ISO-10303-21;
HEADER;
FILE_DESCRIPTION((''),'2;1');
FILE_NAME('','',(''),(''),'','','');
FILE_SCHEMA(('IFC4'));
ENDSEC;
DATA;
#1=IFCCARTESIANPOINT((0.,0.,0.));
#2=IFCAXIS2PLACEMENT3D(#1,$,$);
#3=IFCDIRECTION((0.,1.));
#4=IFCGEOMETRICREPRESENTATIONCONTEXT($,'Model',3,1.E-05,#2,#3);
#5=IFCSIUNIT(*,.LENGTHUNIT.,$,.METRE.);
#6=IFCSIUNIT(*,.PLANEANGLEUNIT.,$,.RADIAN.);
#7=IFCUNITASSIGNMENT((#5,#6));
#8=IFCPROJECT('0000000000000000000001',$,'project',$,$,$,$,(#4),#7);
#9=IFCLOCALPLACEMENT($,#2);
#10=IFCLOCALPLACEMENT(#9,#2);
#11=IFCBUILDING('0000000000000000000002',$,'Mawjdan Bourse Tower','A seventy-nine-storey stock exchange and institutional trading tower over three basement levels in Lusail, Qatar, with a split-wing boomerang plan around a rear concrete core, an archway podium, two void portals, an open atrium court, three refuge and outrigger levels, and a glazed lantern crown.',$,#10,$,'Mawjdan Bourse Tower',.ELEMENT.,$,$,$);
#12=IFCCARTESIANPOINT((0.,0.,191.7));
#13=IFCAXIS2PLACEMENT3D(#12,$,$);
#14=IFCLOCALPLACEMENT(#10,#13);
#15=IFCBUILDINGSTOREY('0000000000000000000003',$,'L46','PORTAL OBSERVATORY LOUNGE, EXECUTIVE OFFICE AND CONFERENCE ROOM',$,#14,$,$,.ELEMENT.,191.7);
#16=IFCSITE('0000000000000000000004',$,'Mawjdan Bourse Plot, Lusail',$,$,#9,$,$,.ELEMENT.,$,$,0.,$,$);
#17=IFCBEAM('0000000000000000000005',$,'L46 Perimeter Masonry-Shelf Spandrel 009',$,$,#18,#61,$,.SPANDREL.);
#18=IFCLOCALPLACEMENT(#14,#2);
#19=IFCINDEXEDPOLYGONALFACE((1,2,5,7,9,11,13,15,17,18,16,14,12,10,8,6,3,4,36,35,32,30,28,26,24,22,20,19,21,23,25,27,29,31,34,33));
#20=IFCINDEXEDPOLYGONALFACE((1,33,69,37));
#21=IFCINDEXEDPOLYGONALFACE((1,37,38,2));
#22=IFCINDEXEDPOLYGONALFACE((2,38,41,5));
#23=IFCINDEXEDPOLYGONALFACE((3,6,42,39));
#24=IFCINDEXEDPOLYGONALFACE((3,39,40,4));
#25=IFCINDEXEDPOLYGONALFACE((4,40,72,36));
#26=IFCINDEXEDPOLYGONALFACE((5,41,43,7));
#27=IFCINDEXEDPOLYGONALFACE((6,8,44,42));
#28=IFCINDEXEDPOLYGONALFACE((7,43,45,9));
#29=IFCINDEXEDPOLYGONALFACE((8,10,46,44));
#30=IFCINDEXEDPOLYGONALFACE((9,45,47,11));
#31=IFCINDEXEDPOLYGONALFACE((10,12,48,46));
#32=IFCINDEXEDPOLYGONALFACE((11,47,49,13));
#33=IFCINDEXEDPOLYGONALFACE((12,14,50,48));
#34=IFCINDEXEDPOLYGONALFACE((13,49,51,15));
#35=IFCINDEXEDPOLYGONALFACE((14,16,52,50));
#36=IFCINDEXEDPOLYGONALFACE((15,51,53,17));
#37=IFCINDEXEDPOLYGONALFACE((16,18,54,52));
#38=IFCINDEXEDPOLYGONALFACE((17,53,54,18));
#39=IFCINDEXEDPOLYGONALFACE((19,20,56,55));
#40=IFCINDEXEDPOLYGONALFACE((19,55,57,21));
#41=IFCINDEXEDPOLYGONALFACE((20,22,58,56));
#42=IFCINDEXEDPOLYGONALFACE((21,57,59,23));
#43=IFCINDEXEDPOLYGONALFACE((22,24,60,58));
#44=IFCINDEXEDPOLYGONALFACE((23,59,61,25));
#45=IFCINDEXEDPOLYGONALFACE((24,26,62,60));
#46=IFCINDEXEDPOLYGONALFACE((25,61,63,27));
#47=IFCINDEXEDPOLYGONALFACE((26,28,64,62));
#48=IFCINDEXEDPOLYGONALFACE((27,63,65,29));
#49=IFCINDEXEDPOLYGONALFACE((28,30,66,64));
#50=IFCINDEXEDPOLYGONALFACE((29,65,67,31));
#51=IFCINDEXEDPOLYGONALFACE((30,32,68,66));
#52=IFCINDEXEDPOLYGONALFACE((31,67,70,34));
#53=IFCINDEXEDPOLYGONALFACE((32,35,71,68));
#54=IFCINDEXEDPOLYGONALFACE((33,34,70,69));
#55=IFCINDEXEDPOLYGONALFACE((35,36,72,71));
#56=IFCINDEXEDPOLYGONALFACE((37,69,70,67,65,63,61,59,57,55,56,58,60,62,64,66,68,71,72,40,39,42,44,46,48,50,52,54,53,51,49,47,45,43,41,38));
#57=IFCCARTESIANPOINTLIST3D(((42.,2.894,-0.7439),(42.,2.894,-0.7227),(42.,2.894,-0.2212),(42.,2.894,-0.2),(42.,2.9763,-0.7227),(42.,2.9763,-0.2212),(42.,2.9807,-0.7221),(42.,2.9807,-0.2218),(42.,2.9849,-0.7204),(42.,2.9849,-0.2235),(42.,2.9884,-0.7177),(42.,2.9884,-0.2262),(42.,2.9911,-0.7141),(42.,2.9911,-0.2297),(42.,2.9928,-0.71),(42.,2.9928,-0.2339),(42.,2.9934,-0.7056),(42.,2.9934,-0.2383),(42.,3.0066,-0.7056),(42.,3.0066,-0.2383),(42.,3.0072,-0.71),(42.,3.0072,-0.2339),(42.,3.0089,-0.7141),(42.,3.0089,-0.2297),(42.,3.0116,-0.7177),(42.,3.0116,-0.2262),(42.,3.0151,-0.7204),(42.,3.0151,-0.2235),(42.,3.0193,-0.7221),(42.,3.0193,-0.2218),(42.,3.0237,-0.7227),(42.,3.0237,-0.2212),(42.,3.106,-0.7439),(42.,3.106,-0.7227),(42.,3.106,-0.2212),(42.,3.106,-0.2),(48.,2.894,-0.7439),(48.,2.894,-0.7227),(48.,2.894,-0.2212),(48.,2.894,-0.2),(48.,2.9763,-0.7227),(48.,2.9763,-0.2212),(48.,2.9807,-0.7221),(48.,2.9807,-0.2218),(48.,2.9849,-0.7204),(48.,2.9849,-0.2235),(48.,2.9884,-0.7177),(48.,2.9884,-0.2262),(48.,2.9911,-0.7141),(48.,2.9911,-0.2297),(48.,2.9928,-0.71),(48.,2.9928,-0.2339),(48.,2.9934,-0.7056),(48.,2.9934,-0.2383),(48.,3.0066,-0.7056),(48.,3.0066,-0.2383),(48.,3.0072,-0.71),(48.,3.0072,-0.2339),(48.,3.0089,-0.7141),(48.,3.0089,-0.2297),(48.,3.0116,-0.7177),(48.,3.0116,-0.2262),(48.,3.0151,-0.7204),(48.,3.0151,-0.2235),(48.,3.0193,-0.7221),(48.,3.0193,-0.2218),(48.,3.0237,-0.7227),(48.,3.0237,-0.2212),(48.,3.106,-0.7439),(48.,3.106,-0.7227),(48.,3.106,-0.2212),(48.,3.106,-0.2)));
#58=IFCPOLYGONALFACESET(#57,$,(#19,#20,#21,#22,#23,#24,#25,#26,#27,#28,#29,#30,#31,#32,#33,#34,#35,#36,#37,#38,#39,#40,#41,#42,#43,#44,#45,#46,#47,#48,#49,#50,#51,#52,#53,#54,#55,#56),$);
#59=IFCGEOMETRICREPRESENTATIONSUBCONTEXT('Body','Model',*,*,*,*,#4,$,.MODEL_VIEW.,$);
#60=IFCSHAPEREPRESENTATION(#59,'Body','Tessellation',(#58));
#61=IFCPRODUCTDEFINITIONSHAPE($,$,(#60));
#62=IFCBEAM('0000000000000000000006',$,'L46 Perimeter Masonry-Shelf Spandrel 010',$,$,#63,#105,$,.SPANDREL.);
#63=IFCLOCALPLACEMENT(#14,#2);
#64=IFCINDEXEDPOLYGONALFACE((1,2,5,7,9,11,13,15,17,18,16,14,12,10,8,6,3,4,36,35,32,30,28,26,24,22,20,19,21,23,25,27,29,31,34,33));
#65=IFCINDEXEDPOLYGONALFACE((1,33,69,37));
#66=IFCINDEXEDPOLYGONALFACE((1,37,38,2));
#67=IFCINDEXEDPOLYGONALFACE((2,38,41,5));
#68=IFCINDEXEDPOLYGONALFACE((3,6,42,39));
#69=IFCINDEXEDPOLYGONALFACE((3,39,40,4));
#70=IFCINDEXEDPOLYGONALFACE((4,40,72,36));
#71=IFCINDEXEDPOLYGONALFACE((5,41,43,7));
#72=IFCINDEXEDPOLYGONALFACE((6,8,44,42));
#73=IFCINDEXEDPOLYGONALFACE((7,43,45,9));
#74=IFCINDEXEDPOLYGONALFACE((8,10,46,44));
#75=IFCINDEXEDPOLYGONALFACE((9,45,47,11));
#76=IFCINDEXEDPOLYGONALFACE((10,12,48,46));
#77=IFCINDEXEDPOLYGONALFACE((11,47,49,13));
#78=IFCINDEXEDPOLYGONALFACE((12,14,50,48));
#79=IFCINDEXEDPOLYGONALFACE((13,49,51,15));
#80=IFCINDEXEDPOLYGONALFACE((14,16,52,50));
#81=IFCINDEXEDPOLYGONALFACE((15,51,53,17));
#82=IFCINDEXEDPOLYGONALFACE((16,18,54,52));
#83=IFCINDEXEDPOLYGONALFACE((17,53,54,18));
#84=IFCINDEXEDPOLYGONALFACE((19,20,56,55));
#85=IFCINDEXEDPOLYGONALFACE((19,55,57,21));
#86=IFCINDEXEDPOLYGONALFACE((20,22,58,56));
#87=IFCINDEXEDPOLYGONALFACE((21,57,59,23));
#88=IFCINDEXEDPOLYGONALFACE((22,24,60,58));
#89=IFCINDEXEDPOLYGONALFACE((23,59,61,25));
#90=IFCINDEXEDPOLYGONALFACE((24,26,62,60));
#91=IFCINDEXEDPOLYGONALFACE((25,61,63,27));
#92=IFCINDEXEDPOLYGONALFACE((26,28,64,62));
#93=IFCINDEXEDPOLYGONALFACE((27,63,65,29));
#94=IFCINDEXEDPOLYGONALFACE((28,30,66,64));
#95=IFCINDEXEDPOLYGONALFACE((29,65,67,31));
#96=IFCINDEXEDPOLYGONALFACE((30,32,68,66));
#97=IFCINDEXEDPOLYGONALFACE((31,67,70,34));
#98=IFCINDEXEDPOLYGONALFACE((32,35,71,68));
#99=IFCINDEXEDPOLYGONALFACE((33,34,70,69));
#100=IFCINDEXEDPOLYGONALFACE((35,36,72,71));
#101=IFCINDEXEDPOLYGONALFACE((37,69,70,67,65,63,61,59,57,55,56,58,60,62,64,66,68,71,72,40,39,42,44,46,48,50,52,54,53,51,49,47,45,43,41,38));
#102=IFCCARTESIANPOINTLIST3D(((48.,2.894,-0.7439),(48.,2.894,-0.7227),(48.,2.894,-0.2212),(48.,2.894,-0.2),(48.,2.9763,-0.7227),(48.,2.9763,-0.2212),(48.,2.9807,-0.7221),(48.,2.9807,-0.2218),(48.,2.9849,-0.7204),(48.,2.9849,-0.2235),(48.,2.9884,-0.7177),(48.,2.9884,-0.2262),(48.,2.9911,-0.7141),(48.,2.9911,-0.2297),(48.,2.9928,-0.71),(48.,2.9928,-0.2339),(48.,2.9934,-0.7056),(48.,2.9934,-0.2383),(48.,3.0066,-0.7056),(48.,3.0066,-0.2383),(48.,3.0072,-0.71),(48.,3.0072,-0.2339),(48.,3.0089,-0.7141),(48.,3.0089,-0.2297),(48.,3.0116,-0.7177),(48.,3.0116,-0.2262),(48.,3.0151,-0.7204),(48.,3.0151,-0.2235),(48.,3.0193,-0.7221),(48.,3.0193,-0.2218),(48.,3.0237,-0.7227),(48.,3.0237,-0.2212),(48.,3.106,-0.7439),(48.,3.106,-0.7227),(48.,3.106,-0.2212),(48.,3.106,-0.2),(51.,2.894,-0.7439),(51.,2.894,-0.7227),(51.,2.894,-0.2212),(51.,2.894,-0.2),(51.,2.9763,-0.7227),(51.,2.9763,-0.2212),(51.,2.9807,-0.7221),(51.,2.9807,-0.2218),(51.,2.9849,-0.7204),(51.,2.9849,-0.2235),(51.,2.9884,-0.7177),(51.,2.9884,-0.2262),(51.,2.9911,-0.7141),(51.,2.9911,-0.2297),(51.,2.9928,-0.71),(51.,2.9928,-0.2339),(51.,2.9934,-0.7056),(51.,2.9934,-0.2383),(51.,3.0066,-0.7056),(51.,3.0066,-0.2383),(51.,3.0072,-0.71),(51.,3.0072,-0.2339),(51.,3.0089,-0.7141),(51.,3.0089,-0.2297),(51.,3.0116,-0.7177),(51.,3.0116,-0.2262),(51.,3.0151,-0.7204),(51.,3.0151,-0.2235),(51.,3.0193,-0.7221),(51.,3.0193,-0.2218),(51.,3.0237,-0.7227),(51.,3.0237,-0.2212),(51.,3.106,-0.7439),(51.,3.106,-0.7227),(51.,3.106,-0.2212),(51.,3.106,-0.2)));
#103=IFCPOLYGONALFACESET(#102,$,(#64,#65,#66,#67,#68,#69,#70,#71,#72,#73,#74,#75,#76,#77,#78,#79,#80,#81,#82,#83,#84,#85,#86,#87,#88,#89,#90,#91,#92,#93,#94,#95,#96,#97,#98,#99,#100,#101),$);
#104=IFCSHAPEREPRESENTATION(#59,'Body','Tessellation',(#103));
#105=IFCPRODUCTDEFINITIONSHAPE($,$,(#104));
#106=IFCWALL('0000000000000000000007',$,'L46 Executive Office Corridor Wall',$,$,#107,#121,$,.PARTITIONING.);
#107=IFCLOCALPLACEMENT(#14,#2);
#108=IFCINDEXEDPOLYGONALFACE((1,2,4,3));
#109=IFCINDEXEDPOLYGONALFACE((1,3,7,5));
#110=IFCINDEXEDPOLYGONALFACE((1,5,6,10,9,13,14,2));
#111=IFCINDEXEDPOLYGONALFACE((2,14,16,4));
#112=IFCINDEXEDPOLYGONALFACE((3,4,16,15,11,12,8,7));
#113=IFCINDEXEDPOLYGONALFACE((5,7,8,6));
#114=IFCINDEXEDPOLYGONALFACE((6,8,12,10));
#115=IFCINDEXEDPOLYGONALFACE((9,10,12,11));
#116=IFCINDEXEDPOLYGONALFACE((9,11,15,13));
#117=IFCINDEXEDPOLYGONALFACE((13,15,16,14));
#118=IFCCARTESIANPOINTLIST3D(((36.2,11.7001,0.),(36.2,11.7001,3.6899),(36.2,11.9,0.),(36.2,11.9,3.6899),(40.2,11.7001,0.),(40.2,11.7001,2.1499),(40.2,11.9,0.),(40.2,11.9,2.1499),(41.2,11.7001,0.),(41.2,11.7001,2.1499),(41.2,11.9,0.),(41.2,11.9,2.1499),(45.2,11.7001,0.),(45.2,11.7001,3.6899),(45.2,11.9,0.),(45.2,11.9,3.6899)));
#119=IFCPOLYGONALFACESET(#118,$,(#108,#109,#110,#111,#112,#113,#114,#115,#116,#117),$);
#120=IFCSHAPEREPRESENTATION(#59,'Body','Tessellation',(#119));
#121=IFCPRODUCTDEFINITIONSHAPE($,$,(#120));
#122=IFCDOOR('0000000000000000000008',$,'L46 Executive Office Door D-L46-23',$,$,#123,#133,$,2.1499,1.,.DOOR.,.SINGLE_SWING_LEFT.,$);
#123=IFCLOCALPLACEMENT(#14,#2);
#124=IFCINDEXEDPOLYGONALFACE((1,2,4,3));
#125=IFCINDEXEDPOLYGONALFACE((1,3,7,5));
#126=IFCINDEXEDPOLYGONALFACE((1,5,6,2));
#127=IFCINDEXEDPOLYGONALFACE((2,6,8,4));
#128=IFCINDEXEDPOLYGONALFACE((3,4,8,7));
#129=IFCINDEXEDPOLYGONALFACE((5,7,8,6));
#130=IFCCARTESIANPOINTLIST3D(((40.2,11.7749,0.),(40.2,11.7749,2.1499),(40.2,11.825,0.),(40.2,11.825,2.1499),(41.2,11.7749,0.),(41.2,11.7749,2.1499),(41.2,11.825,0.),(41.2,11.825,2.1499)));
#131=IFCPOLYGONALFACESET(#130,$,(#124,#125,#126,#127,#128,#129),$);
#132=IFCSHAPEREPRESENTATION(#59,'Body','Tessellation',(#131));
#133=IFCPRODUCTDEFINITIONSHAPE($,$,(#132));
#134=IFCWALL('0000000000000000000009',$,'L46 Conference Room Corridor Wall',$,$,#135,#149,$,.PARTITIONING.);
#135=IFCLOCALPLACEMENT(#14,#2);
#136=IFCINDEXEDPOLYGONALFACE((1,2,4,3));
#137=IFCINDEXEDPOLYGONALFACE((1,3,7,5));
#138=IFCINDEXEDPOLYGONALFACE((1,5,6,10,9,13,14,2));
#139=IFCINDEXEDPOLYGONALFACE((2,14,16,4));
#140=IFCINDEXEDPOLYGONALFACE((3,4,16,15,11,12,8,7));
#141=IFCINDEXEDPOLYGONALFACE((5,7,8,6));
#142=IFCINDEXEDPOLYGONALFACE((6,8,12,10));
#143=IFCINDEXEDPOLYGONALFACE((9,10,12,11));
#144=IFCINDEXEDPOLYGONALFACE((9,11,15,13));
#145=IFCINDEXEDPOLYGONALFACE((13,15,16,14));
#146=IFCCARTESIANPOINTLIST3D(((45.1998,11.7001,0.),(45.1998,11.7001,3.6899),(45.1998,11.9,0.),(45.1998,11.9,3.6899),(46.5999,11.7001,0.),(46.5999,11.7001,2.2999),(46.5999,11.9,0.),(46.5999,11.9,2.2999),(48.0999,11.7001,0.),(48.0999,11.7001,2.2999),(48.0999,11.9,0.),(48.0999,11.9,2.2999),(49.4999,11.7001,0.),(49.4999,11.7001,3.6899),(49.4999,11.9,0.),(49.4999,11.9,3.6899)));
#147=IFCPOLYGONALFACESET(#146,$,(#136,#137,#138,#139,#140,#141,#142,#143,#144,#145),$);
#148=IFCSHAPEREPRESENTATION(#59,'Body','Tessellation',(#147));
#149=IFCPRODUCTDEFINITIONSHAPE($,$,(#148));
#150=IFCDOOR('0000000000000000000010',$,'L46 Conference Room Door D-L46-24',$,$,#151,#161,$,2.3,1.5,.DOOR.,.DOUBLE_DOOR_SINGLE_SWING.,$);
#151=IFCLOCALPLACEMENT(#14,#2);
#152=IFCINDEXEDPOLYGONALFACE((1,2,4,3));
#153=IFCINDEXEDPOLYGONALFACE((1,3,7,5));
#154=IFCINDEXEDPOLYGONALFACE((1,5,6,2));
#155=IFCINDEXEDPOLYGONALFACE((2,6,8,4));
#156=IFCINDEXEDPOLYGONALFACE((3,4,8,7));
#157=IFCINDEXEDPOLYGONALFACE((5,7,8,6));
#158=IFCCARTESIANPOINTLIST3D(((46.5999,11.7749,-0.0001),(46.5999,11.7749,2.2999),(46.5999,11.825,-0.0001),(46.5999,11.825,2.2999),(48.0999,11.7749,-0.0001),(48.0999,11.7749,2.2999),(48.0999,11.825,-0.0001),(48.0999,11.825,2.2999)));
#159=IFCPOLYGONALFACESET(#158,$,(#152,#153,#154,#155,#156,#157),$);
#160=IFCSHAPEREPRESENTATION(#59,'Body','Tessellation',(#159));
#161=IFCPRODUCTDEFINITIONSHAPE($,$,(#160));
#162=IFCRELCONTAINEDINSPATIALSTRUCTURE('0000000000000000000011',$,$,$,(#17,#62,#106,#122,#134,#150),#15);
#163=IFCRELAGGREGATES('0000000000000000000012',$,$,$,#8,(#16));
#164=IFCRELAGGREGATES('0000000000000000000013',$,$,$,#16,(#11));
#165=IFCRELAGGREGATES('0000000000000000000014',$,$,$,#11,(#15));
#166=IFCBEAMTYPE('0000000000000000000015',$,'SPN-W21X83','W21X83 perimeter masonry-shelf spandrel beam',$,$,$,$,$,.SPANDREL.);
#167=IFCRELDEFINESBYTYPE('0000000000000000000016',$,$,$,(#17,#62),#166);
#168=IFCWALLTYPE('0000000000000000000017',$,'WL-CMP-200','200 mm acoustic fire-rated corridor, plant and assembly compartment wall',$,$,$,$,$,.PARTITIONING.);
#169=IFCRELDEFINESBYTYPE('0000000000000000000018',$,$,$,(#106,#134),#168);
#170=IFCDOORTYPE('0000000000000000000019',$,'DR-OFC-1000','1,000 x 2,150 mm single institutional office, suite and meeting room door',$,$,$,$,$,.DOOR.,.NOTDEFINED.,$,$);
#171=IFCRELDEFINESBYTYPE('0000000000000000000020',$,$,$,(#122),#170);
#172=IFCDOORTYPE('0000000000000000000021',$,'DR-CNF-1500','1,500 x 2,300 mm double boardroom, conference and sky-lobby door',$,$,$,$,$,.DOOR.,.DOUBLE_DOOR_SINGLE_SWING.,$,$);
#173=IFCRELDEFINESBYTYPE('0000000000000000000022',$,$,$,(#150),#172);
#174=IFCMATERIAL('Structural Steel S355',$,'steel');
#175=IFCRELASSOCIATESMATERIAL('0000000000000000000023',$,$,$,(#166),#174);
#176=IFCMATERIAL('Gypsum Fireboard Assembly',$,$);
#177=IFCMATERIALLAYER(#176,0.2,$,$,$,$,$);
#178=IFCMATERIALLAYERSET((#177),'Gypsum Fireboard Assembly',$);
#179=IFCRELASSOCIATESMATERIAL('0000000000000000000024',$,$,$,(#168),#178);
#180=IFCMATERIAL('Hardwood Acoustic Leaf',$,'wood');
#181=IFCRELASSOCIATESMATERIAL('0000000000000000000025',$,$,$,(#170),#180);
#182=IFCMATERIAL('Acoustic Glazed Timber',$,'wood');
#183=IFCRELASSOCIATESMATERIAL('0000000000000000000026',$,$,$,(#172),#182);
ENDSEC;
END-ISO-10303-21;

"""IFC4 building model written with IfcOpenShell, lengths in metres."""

from ifc_helpers import new_model, si_unit, direction, frame, frame_2d, origin, origin_2d, place, context, subcontext, project, spatial, rectangle, i_section, extrude, material, layer, layer_set, material_profile, profile_set, type_object, element, fill, save


model = new_model("IFC4")

# Units and contexts
model_context = context("Model", 3, precision=1e-05, world=origin(), true_north=direction((0.0, 1.0)))
body_context = subcontext(model_context, "Body", "Model", "MODEL_VIEW")
ifc_project = project(units=[si_unit("LENGTHUNIT", "METRE"), si_unit("PLANEANGLEUNIT", "RADIAN")], contexts=[model_context])

# Site, building, storey
site_placement = place(None, origin())
site = spatial("IfcSite", under=ifc_project, at=site_placement, Name="Mawjdan Bourse Plot, Lusail", CompositionType="ELEMENT", RefElevation=0.0)
building_placement = place(site_placement, origin())
building = spatial("IfcBuilding", under=site, at=building_placement, Name="Mawjdan Bourse Tower", Description="A seventy-nine-storey stock exchange and institutional trading tower over three basement levels in Lusail, Qatar, with a split-wing boomerang plan around a rear concrete core, an archway podium, two void portals, an open atrium court, three refuge and outrigger levels, and a glazed lantern crown.", LongName="Mawjdan Bourse Tower", CompositionType="ELEMENT")
storey_placement = place(building_placement, frame((0.0, 0.0, 191.7)))
storey = spatial("IfcBuildingStorey", under=building, at=storey_placement, Name="L46", Description="PORTAL OBSERVATORY LOUNGE, EXECUTIVE OFFICE AND CONFERENCE ROOM", CompositionType="ELEMENT", Elevation=191.7)

# Beams
ifc_material_1 = material(Name="Structural Steel S355", Category="steel")
ifc_material_profile_1 = material_profile(ifc_material_1, i_section(OverallWidth=0.2119, OverallDepth=0.5439, WebThickness=0.0132, FlangeThickness=0.0212, FilletRadius=0.0171, at=origin_2d()), Name="W21X83")
ifc_profile_set_1 = profile_set([ifc_material_profile_1], Name="Structural Steel S355")
beam_type_1 = type_object("IfcBeamType", Name="SPN-W21X83", Description="W21X83 perimeter masonry-shelf spandrel beam", PredefinedType="SPANDREL", material=ifc_profile_set_1)
beam_1_placement = place(storey_placement, frame((42.0, 3.0, -0.4719), z_axis=(1.0, 0.0, 0.0), x_axis=(0.0, 1.0, 0.0)))
element("IfcBeam", 1, at=beam_1_placement, inside=storey, type_object=beam_type_1, Name="L46 Perimeter Masonry-Shelf Spandrel 009", PredefinedType="SPANDREL", context=body_context, shape_type="SweptSolid", body=[
    extrude(i_section(OverallWidth=0.2119, OverallDepth=0.5439, WebThickness=0.0132, FlangeThickness=0.0212, FilletRadius=0.0171, at=origin_2d()), origin(), (0.0, 0.0, 1.0), 6.0),
])
beam_2_placement = place(storey_placement, frame((48.0, 3.0, -0.4719), z_axis=(1.0, 0.0, 0.0), x_axis=(0.0, 1.0, 0.0)))
element("IfcBeam", 2, at=beam_2_placement, inside=storey, type_object=beam_type_1, Name="L46 Perimeter Masonry-Shelf Spandrel 010", PredefinedType="SPANDREL", context=body_context, shape_type="SweptSolid", body=[
    extrude(i_section(OverallWidth=0.2119, OverallDepth=0.5439, WebThickness=0.0132, FlangeThickness=0.0212, FilletRadius=0.0171, at=origin_2d()), origin(), (0.0, 0.0, 1.0), 3.0),
])

# Walls, openings, doors
ifc_material_2 = material(Name="Gypsum Fireboard Assembly")
ifc_layer_1 = layer(ifc_material_2, 0.2)
ifc_layer_set_1 = layer_set([ifc_layer_1], Name="Gypsum Fireboard Assembly")
wall_type_1 = type_object("IfcWallType", Name="WL-CMP-200", Description="200 mm acoustic fire-rated corridor, plant and assembly compartment wall", PredefinedType="PARTITIONING", material=ifc_layer_set_1)
wall_1_placement = place(storey_placement, frame((36.2, 11.8, 0.0), z_axis=(0.0, 0.0, 1.0), x_axis=(1.0, 0.0, 0.0)))
wall_1 = element("IfcWall", 3, at=wall_1_placement, inside=storey, type_object=wall_type_1, Name="L46 Executive Office Corridor Wall", PredefinedType="PARTITIONING", context=body_context, shape_type="SweptSolid", body=[
    extrude(rectangle(XDim=9.0, YDim=0.2, at=frame_2d((4.5, 0.0))), origin(), (0.0, 0.0, 1.0), 3.6899),
])
opening_1_placement = place(wall_1_placement, frame((4.0, 0.0, 0.0)))
opening_1 = element("IfcOpeningElement", 4, at=opening_1_placement, cuts=wall_1, PredefinedType="OPENING", context=body_context, shape_type="SweptSolid", body=[
    extrude(rectangle(XDim=1.0, YDim=2.1499, at=frame_2d((0.5, 1.075))), frame((0.0, 0.1099, 0.0), z_axis=(0.0, -1.0, 0.0), x_axis=(1.0, 0.0, 0.0)), (0.0, 0.0, 1.0), 0.22),
])
ifc_material_3 = material(Name="Hardwood Acoustic Leaf", Category="wood")
door_type_1 = type_object("IfcDoorType", Name="DR-OFC-1000", Description="1,000 x 2,150 mm single institutional office, suite and meeting room door", OperationType="NOTDEFINED", PredefinedType="DOOR", material=ifc_material_3)
door_1_placement = place(opening_1_placement, origin())
door_1 = element("IfcDoor", 5, at=door_1_placement, inside=storey, type_object=door_type_1, Name="L46 Executive Office Door D-L46-23", OperationType="SINGLE_SWING_LEFT", OverallHeight=2.1499, OverallWidth=1.0, PredefinedType="DOOR", context=body_context, shape_type="SweptSolid", body=[
    extrude(rectangle(XDim=1.0, YDim=2.1499, at=frame_2d((0.5, 1.075))), frame((0.0, 0.0249, 0.0), z_axis=(0.0, -1.0, 0.0), x_axis=(1.0, 0.0, 0.0)), (0.0, 0.0, 1.0), 0.05),
])
fill(opening_1, door_1)
wall_2_placement = place(storey_placement, frame((45.2, 11.8, 0.0), z_axis=(0.0, 0.0, 1.0), x_axis=(1.0, 0.0, 0.0)))
wall_2 = element("IfcWall", 6, at=wall_2_placement, inside=storey, type_object=wall_type_1, Name="L46 Conference Room Corridor Wall", PredefinedType="PARTITIONING", context=body_context, shape_type="SweptSolid", body=[
    extrude(rectangle(XDim=4.3, YDim=0.2, at=frame_2d((2.1499, 0.0))), origin(), (0.0, 0.0, 1.0), 3.6899),
])
opening_2_placement = place(wall_2_placement, frame((1.3999, 0.0, 0.0)))
opening_2 = element("IfcOpeningElement", 7, at=opening_2_placement, cuts=wall_2, PredefinedType="OPENING", context=body_context, shape_type="SweptSolid", body=[
    extrude(rectangle(XDim=1.5, YDim=2.3, at=frame_2d((0.75, 1.1499))), frame((0.0, 0.1099, 0.0), z_axis=(0.0, -1.0, 0.0), x_axis=(1.0, 0.0, 0.0)), (0.0, 0.0, 1.0), 0.22),
])
ifc_material_4 = material(Name="Acoustic Glazed Timber", Category="wood")
door_type_2 = type_object("IfcDoorType", Name="DR-CNF-1500", Description="1,500 x 2,300 mm double boardroom, conference and sky-lobby door", OperationType="DOUBLE_DOOR_SINGLE_SWING", PredefinedType="DOOR", material=ifc_material_4)
door_2_placement = place(opening_2_placement, origin())
door_2 = element("IfcDoor", 8, at=door_2_placement, inside=storey, type_object=door_type_2, Name="L46 Conference Room Door D-L46-24", OperationType="DOUBLE_DOOR_SINGLE_SWING", OverallHeight=2.3, OverallWidth=1.5, PredefinedType="DOOR", context=body_context, shape_type="SweptSolid", body=[
    extrude(rectangle(XDim=1.5, YDim=2.3, at=frame_2d((0.75, 1.1499))), frame((0.0, 0.0249, 0.0), z_axis=(0.0, -1.0, 0.0), x_axis=(1.0, 0.0, 0.0)), (0.0, 0.0, 1.0), 0.05),
])
fill(opening_2, door_2)

save(model, "model.ifc")
